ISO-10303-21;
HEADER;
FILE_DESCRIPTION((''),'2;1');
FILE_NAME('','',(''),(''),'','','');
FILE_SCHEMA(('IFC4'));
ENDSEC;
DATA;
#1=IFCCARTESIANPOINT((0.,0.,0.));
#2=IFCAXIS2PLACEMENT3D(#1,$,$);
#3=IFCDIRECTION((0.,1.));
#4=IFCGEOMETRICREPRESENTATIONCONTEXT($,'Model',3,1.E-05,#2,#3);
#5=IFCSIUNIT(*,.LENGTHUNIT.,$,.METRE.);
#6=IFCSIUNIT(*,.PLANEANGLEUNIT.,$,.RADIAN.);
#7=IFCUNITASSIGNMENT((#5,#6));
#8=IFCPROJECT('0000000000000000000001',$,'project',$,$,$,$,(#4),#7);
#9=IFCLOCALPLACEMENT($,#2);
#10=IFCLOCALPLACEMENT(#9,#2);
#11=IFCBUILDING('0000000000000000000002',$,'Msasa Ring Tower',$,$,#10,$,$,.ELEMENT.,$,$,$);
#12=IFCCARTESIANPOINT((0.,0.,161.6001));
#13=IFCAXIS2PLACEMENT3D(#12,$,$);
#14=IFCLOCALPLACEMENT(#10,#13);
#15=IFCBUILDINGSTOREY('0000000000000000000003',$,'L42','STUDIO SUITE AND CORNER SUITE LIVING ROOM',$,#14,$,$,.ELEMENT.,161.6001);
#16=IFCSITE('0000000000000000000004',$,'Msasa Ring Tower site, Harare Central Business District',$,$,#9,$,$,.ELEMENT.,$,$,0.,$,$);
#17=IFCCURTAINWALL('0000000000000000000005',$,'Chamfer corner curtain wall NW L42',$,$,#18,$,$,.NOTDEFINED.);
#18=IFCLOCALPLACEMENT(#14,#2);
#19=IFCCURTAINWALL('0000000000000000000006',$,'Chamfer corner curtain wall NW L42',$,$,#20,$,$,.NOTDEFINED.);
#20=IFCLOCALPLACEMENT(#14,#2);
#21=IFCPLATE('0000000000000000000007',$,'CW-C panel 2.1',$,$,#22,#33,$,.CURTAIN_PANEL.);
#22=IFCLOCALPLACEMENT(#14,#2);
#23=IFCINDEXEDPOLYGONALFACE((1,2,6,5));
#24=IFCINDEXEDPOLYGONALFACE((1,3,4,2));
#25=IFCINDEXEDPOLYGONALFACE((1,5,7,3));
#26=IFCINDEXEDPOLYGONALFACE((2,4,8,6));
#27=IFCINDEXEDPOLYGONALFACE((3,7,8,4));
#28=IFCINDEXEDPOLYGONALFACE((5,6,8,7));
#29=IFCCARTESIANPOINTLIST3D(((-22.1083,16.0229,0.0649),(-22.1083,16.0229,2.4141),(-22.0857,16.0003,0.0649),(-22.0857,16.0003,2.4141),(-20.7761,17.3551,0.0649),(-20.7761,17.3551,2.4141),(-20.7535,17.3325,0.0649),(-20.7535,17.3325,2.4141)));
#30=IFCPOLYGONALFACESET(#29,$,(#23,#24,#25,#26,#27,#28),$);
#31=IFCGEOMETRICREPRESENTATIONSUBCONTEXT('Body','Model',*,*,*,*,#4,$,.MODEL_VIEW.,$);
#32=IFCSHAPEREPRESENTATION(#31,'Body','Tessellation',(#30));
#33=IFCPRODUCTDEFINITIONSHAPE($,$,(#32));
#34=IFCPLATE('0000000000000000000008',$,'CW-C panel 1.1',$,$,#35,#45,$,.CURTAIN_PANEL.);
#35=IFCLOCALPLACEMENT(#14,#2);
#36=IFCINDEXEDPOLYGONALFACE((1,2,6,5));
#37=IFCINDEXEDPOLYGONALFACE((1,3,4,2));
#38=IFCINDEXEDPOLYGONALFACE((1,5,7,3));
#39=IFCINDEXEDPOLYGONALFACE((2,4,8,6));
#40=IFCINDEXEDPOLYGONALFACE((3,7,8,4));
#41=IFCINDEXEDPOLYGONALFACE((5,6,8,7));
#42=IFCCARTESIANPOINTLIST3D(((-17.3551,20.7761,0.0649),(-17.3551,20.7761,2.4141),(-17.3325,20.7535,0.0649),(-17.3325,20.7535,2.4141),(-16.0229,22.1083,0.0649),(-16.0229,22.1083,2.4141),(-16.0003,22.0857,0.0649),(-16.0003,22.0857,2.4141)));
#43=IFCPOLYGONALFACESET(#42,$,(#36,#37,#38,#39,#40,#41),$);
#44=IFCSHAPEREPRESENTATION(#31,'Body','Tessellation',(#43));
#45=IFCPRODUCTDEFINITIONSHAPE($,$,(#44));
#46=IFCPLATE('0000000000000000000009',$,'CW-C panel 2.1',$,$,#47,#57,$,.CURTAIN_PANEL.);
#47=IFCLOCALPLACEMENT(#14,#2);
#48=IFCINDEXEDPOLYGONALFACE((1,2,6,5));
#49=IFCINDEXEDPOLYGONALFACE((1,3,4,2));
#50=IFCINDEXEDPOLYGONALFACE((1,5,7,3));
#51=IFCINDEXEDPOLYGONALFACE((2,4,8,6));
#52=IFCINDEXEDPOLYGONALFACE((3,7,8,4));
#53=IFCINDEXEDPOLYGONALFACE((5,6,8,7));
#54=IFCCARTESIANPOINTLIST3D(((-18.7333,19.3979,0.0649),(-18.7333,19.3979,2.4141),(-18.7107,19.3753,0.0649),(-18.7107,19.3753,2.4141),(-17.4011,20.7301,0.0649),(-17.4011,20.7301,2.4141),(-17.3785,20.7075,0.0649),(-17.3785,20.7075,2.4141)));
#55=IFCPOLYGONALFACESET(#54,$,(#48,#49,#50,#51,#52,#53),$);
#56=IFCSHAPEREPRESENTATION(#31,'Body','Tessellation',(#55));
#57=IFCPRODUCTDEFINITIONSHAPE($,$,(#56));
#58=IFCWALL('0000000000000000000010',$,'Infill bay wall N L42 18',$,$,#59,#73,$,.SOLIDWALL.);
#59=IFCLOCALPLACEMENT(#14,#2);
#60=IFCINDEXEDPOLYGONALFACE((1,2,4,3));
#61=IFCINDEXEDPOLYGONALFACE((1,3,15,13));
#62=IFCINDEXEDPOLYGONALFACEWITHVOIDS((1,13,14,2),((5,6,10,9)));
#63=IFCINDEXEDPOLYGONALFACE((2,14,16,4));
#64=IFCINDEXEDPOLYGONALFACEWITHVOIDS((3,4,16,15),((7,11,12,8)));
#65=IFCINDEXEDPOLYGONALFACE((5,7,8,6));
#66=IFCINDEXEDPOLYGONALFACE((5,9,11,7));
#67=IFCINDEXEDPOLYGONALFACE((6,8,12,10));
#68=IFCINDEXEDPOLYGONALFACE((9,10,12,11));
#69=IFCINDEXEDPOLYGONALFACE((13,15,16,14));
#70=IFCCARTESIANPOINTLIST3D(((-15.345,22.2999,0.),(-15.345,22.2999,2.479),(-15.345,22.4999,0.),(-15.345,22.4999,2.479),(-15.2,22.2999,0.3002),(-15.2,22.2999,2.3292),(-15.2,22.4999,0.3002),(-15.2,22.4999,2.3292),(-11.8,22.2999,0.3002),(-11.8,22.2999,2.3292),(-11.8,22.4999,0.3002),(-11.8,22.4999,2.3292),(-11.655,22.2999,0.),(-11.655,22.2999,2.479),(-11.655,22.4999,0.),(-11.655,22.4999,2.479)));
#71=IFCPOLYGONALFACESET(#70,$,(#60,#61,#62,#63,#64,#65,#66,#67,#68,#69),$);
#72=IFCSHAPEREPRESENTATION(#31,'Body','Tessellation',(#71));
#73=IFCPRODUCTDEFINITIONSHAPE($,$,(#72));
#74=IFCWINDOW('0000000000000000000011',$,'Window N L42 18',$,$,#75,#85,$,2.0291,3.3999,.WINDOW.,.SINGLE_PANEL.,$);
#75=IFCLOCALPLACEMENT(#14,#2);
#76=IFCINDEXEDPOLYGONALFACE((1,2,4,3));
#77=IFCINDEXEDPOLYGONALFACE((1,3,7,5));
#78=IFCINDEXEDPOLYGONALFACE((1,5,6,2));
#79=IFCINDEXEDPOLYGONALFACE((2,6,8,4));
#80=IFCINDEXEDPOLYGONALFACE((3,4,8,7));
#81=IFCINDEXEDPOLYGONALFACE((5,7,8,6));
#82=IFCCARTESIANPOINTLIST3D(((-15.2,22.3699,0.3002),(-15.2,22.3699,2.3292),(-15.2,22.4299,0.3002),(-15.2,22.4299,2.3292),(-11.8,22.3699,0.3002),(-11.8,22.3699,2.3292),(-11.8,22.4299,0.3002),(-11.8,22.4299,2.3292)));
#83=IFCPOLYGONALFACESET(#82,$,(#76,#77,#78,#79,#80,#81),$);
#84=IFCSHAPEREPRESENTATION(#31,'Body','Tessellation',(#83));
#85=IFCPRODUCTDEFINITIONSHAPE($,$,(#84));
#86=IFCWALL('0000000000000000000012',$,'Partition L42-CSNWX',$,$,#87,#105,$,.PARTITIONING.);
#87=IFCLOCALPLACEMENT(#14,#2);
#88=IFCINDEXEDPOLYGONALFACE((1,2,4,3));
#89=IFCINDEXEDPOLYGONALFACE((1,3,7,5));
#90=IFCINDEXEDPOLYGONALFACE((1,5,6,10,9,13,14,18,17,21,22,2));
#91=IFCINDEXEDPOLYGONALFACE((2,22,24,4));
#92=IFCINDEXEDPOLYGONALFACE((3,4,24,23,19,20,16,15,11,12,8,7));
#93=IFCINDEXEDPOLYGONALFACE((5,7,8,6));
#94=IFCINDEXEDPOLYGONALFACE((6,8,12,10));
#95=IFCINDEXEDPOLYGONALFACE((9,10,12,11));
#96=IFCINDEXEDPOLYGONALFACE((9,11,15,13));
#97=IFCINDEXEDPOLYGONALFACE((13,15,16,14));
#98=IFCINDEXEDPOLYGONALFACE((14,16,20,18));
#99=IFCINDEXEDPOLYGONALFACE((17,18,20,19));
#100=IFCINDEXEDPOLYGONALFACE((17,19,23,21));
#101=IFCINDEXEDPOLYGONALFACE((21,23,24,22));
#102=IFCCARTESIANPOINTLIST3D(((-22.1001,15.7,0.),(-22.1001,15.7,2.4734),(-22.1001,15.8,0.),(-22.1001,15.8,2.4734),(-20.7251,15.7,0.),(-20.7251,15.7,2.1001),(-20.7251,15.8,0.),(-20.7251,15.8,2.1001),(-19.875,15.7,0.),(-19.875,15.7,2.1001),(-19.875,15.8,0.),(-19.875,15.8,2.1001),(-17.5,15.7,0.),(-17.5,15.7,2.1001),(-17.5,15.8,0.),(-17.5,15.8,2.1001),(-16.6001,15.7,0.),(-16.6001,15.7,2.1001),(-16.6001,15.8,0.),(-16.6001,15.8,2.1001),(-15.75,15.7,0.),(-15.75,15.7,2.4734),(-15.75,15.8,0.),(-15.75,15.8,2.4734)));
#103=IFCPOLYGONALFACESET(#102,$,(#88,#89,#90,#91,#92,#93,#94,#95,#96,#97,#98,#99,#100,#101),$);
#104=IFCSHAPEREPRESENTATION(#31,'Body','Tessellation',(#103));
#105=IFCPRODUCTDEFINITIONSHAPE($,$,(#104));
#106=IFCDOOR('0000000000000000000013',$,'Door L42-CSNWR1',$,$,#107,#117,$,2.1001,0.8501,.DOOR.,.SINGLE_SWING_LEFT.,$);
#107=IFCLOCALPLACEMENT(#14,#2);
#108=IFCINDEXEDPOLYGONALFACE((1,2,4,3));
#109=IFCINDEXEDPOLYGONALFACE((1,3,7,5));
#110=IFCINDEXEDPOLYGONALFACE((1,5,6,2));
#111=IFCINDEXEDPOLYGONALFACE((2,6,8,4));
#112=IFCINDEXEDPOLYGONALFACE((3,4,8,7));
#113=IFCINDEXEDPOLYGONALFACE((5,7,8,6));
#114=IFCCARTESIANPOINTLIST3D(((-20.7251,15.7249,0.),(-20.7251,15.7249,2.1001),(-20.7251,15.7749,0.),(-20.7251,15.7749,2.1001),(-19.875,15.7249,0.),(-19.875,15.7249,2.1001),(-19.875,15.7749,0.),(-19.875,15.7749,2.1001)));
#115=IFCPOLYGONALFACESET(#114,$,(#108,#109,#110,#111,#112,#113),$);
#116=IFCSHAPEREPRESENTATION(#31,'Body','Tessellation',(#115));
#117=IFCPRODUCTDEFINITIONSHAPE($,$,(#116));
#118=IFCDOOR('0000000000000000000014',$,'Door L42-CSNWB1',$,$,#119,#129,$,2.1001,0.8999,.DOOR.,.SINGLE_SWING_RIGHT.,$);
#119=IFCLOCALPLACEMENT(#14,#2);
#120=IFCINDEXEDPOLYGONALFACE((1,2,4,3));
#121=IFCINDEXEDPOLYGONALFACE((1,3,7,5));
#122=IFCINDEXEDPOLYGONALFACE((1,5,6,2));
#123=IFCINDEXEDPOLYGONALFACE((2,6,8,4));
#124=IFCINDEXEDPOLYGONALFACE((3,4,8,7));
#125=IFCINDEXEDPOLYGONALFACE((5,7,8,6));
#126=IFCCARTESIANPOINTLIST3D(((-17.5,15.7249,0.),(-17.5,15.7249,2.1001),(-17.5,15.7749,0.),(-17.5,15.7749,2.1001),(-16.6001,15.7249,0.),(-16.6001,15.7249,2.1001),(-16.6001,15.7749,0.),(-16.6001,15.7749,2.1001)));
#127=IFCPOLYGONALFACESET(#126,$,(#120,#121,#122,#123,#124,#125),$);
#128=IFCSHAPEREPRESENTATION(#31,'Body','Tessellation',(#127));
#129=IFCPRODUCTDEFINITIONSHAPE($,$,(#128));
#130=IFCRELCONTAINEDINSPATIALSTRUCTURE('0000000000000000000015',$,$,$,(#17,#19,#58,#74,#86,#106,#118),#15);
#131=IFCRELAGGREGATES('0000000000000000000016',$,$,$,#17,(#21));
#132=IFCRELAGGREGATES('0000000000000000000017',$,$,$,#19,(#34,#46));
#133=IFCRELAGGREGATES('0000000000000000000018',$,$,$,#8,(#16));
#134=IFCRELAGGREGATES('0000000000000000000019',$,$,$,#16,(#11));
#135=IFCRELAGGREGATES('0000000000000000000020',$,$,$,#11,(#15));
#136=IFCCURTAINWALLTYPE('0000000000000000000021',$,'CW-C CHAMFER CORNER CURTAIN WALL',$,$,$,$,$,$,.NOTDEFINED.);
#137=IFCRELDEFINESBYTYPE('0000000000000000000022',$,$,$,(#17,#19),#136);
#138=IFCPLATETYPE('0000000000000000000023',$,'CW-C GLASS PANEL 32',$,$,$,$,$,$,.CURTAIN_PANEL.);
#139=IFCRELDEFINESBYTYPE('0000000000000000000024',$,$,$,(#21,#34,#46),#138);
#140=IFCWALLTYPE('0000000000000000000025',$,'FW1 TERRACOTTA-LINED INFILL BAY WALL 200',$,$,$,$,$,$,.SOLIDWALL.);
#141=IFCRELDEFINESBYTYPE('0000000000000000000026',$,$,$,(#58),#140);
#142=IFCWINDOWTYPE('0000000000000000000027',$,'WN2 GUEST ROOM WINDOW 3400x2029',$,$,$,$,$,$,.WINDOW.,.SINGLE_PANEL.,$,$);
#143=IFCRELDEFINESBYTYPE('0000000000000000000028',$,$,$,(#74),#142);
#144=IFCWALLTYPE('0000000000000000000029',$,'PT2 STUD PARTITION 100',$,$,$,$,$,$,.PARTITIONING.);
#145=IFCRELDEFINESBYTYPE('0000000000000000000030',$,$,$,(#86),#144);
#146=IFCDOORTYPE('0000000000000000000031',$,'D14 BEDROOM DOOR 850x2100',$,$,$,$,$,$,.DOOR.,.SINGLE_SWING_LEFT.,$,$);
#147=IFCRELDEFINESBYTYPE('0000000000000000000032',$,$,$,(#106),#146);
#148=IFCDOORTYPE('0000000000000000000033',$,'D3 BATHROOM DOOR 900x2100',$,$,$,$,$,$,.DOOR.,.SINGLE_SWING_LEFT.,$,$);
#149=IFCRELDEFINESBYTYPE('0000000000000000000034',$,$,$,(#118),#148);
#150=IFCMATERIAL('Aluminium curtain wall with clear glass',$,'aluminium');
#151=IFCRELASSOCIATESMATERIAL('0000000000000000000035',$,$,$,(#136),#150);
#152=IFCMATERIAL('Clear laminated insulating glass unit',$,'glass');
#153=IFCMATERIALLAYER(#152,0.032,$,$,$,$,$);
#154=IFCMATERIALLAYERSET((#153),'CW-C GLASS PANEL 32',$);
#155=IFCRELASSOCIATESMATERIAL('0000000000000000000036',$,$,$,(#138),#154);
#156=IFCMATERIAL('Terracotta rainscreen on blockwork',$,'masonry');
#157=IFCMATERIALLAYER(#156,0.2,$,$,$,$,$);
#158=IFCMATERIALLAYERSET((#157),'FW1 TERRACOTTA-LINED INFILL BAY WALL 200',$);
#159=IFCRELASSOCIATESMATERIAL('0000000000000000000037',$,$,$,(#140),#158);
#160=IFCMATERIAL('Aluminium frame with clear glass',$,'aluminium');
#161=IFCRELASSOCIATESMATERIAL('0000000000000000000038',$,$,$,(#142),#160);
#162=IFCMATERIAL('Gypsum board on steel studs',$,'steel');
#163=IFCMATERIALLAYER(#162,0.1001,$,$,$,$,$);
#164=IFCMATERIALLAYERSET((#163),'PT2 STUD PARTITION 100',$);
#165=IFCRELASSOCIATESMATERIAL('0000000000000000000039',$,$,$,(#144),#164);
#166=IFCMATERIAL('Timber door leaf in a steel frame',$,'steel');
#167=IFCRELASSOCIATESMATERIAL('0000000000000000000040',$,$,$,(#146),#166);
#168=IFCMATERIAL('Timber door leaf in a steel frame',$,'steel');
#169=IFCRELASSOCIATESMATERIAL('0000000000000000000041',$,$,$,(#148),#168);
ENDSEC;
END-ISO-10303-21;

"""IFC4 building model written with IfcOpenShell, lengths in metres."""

from ifc_helpers import new_model, si_unit, direction, frame, frame_2d, origin, origin_2d, place, context, subcontext, project, spatial, rectangle, extrude, material, layer, layer_set, type_object, element, fill, aggregate, save


model = new_model("IFC4")

# Units and contexts
model_context = context("Model", 3, precision=1e-05, world=origin(), true_north=direction((0.0, 1.0)))
body_context = subcontext(model_context, "Body", "Model", "MODEL_VIEW")
ifc_project = project(units=[si_unit("LENGTHUNIT", "METRE"), si_unit("PLANEANGLEUNIT", "RADIAN")], contexts=[model_context])

# Site, building, storey
site_placement = place(None, origin())
site = spatial("IfcSite", under=ifc_project, at=site_placement, Name="Msasa Ring Tower site, Harare Central Business District", CompositionType="ELEMENT", RefElevation=0.0)
building_placement = place(site_placement, origin())
building = spatial("IfcBuilding", under=site, at=building_placement, Name="Msasa Ring Tower", CompositionType="ELEMENT")
storey_placement = place(building_placement, frame((0.0, 0.0, 161.6001)))
storey = spatial("IfcBuildingStorey", under=building, at=storey_placement, Name="L42", Description="STUDIO SUITE AND CORNER SUITE LIVING ROOM", CompositionType="ELEMENT", Elevation=161.6001)

# Curtain walls
ifc_material_1 = material(Name="Aluminium curtain wall with clear glass", Category="aluminium")
curtain_wall_type = type_object("IfcCurtainWallType", Name="CW-C CHAMFER CORNER CURTAIN WALL", PredefinedType="NOTDEFINED", material=ifc_material_1)
curtain_wall_1_placement = place(storey_placement, origin())
curtain_wall_1 = element("IfcCurtainWall", 1, at=curtain_wall_1_placement, inside=storey, type_object=curtain_wall_type, Name="Chamfer corner curtain wall NW L42", PredefinedType="NOTDEFINED")
curtain_wall_2_placement = place(storey_placement, origin())
curtain_wall_2 = element("IfcCurtainWall", 2, at=curtain_wall_2_placement, inside=storey, type_object=curtain_wall_type, Name="Chamfer corner curtain wall NW L42", PredefinedType="NOTDEFINED")

# Plates
ifc_material_2 = material(Name="Clear laminated insulating glass unit", Category="glass")
ifc_layer_1 = layer(ifc_material_2, 0.032)
ifc_layer_set_1 = layer_set([ifc_layer_1], Name="CW-C GLASS PANEL 32")
plate_type = type_object("IfcPlateType", Name="CW-C GLASS PANEL 32", PredefinedType="CURTAIN_PANEL", material=ifc_layer_set_1)
plate_1_placement = place(storey_placement, frame((-21.4309, 16.6777, 0.0649), z_axis=(0.0, 0.0, 1.0), x_axis=(-0.707107, -0.707107, 0.0)))
plate_1 = element("IfcPlate", 3, at=plate_1_placement, type_object=plate_type, Name="CW-C panel 2.1", PredefinedType="CURTAIN_PANEL", context=body_context, shape_type="SweptSolid", body=[
    extrude(rectangle(XDim=1.884, YDim=0.032, at=origin_2d()), origin(), (0.0, 0.0, 1.0), 2.3491),
])
aggregate(curtain_wall_1, [plate_1])
plate_2_placement = place(storey_placement, frame((-16.6777, 21.4309, 0.0649), z_axis=(0.0, 0.0, 1.0), x_axis=(-0.707107, -0.707107, 0.0)))
plate_2 = element("IfcPlate", 4, at=plate_2_placement, type_object=plate_type, Name="CW-C panel 1.1", PredefinedType="CURTAIN_PANEL", context=body_context, shape_type="SweptSolid", body=[
    extrude(rectangle(XDim=1.884, YDim=0.032, at=origin_2d()), origin(), (0.0, 0.0, 1.0), 2.3491),
])
plate_3_placement = place(storey_placement, frame((-18.0559, 20.0527, 0.0649), z_axis=(0.0, 0.0, 1.0), x_axis=(-0.707107, -0.707107, 0.0)))
plate_3 = element("IfcPlate", 5, at=plate_3_placement, type_object=plate_type, Name="CW-C panel 2.1", PredefinedType="CURTAIN_PANEL", context=body_context, shape_type="SweptSolid", body=[
    extrude(rectangle(XDim=1.884, YDim=0.032, at=origin_2d()), origin(), (0.0, 0.0, 1.0), 2.3491),
])
aggregate(curtain_wall_2, [plate_2, plate_3])

# Wall, opening, window
ifc_material_3 = material(Name="Terracotta rainscreen on blockwork", Category="masonry")
ifc_layer_2 = layer(ifc_material_3, 0.2)
ifc_layer_set_2 = layer_set([ifc_layer_2], Name="FW1 TERRACOTTA-LINED INFILL BAY WALL 200")
wall_type_1 = type_object("IfcWallType", Name="FW1 TERRACOTTA-LINED INFILL BAY WALL 200", PredefinedType="SOLIDWALL", material=ifc_layer_set_2)
wall_1_placement = place(storey_placement, frame((-15.345, 22.3999, 0.0), z_axis=(0.0, 0.0, 1.0), x_axis=(1.0, 0.0, 0.0)))
wall_1 = element("IfcWall", 6, at=wall_1_placement, inside=storey, type_object=wall_type_1, Name="Infill bay wall N L42 18", PredefinedType="SOLIDWALL", context=body_context, shape_type="SweptSolid", body=[
    extrude(rectangle(XDim=3.6899, YDim=0.2, at=frame_2d((1.845, 0.0))), origin(), (0.0, 0.0, 1.0), 2.479),
])
opening_1_placement = place(wall_1_placement, frame((0.145, 0.0, 0.3)))
opening_1 = element("IfcOpeningElement", 7, at=opening_1_placement, cuts=wall_1, PredefinedType="OPENING", context=body_context, shape_type="SweptSolid", body=[
    extrude(rectangle(XDim=3.3999, YDim=2.0291, at=frame_2d((1.7, 1.0146))), frame((0.0, 0.1099, 0.0), z_axis=(0.0, -1.0, 0.0), x_axis=(1.0, 0.0, 0.0)), (0.0, 0.0, 1.0), 0.22),
])
ifc_material_4 = material(Name="Aluminium frame with clear glass", Category="aluminium")
window_type = type_object("IfcWindowType", Name="WN2 GUEST ROOM WINDOW 3400x2029", PartitioningType="SINGLE_PANEL", PredefinedType="WINDOW", material=ifc_material_4)
window_placement = place(opening_1_placement, origin())
window = element("IfcWindow", 8, at=window_placement, inside=storey, type_object=window_type, Name="Window N L42 18", OverallHeight=2.0291, OverallWidth=3.3999, PartitioningType="SINGLE_PANEL", PredefinedType="WINDOW", context=body_context, shape_type="SweptSolid", body=[
    extrude(rectangle(XDim=3.3999, YDim=2.0291, at=frame_2d((1.7, 1.0146))), frame((0.0, 0.03, 0.0), z_axis=(0.0, -1.0, 0.0), x_axis=(1.0, 0.0, 0.0)), (0.0, 0.0, 1.0), 0.0601),
])
fill(opening_1, window)

# Wall, openings, doors
ifc_material_5 = material(Name="Gypsum board on steel studs", Category="steel")
ifc_layer_3 = layer(ifc_material_5, 0.1001)
ifc_layer_set_3 = layer_set([ifc_layer_3], Name="PT2 STUD PARTITION 100")
wall_type_2 = type_object("IfcWallType", Name="PT2 STUD PARTITION 100", PredefinedType="PARTITIONING", material=ifc_layer_set_3)
wall_2_placement = place(storey_placement, frame((-22.1001, 15.75, 0.0), z_axis=(0.0, 0.0, 1.0), x_axis=(1.0, 0.0, 0.0)))
wall_2 = element("IfcWall", 9, at=wall_2_placement, inside=storey, type_object=wall_type_2, Name="Partition L42-CSNWX", PredefinedType="PARTITIONING", context=body_context, shape_type="SweptSolid", body=[
    extrude(rectangle(XDim=6.3501, YDim=0.1001, at=frame_2d((3.175, 0.0))), origin(), (0.0, 0.0, 1.0), 2.4734),
])
opening_2_placement = place(wall_2_placement, frame((1.375, 0.0, 0.0)))
opening_2 = element("IfcOpeningElement", 10, at=opening_2_placement, cuts=wall_2, PredefinedType="OPENING", context=body_context, shape_type="SweptSolid", body=[
    extrude(rectangle(XDim=0.8501, YDim=2.1001, at=frame_2d((0.425, 1.05))), frame((0.0, 0.0601, 0.0), z_axis=(0.0, -1.0, 0.0), x_axis=(1.0, 0.0, 0.0)), (0.0, 0.0, 1.0), 0.1201),
])
opening_3_placement = place(wall_2_placement, frame((4.6001, 0.0, 0.0)))
opening_3 = element("IfcOpeningElement", 11, at=opening_3_placement, cuts=wall_2, PredefinedType="OPENING", context=body_context, shape_type="SweptSolid", body=[
    extrude(rectangle(XDim=0.8999, YDim=2.1001, at=frame_2d((0.45, 1.05))), frame((0.0, 0.0601, 0.0), z_axis=(0.0, -1.0, 0.0), x_axis=(1.0, 0.0, 0.0)), (0.0, 0.0, 1.0), 0.1201),
])
ifc_material_6 = material(Name="Timber door leaf in a steel frame", Category="steel")
door_type_1 = type_object("IfcDoorType", Name="D14 BEDROOM DOOR 850x2100", OperationType="SINGLE_SWING_LEFT", PredefinedType="DOOR", material=ifc_material_6)
door_1_placement = place(opening_2_placement, origin())
door_1 = element("IfcDoor", 12, at=door_1_placement, inside=storey, type_object=door_type_1, Name="Door L42-CSNWR1", OperationType="SINGLE_SWING_LEFT", OverallHeight=2.1001, OverallWidth=0.8501, PredefinedType="DOOR", context=body_context, shape_type="SweptSolid", body=[
    extrude(rectangle(XDim=0.8501, YDim=2.1001, at=frame_2d((0.425, 1.05))), frame((0.0, 0.0249, 0.0), z_axis=(0.0, -1.0, 0.0), x_axis=(1.0, 0.0, 0.0)), (0.0, 0.0, 1.0), 0.05),
])
fill(opening_2, door_1)
ifc_material_7 = material(Name="Timber door leaf in a steel frame", Category="steel")
door_type_2 = type_object("IfcDoorType", Name="D3 BATHROOM DOOR 900x2100", OperationType="SINGLE_SWING_LEFT", PredefinedType="DOOR", material=ifc_material_7)
door_2_placement = place(opening_3_placement, origin())
door_2 = element("IfcDoor", 13, at=door_2_placement, inside=storey, type_object=door_type_2, Name="Door L42-CSNWB1", OperationType="SINGLE_SWING_RIGHT", OverallHeight=2.1001, OverallWidth=0.8999, PredefinedType="DOOR", context=body_context, shape_type="SweptSolid", body=[
    extrude(rectangle(XDim=0.8999, YDim=2.1001, at=frame_2d((0.45, 1.05))), frame((0.0, 0.0249, 0.0), z_axis=(0.0, -1.0, 0.0), x_axis=(1.0, 0.0, 0.0)), (0.0, 0.0, 1.0), 0.05),
])
fill(opening_3, door_2)

save(model, "model.ifc")
